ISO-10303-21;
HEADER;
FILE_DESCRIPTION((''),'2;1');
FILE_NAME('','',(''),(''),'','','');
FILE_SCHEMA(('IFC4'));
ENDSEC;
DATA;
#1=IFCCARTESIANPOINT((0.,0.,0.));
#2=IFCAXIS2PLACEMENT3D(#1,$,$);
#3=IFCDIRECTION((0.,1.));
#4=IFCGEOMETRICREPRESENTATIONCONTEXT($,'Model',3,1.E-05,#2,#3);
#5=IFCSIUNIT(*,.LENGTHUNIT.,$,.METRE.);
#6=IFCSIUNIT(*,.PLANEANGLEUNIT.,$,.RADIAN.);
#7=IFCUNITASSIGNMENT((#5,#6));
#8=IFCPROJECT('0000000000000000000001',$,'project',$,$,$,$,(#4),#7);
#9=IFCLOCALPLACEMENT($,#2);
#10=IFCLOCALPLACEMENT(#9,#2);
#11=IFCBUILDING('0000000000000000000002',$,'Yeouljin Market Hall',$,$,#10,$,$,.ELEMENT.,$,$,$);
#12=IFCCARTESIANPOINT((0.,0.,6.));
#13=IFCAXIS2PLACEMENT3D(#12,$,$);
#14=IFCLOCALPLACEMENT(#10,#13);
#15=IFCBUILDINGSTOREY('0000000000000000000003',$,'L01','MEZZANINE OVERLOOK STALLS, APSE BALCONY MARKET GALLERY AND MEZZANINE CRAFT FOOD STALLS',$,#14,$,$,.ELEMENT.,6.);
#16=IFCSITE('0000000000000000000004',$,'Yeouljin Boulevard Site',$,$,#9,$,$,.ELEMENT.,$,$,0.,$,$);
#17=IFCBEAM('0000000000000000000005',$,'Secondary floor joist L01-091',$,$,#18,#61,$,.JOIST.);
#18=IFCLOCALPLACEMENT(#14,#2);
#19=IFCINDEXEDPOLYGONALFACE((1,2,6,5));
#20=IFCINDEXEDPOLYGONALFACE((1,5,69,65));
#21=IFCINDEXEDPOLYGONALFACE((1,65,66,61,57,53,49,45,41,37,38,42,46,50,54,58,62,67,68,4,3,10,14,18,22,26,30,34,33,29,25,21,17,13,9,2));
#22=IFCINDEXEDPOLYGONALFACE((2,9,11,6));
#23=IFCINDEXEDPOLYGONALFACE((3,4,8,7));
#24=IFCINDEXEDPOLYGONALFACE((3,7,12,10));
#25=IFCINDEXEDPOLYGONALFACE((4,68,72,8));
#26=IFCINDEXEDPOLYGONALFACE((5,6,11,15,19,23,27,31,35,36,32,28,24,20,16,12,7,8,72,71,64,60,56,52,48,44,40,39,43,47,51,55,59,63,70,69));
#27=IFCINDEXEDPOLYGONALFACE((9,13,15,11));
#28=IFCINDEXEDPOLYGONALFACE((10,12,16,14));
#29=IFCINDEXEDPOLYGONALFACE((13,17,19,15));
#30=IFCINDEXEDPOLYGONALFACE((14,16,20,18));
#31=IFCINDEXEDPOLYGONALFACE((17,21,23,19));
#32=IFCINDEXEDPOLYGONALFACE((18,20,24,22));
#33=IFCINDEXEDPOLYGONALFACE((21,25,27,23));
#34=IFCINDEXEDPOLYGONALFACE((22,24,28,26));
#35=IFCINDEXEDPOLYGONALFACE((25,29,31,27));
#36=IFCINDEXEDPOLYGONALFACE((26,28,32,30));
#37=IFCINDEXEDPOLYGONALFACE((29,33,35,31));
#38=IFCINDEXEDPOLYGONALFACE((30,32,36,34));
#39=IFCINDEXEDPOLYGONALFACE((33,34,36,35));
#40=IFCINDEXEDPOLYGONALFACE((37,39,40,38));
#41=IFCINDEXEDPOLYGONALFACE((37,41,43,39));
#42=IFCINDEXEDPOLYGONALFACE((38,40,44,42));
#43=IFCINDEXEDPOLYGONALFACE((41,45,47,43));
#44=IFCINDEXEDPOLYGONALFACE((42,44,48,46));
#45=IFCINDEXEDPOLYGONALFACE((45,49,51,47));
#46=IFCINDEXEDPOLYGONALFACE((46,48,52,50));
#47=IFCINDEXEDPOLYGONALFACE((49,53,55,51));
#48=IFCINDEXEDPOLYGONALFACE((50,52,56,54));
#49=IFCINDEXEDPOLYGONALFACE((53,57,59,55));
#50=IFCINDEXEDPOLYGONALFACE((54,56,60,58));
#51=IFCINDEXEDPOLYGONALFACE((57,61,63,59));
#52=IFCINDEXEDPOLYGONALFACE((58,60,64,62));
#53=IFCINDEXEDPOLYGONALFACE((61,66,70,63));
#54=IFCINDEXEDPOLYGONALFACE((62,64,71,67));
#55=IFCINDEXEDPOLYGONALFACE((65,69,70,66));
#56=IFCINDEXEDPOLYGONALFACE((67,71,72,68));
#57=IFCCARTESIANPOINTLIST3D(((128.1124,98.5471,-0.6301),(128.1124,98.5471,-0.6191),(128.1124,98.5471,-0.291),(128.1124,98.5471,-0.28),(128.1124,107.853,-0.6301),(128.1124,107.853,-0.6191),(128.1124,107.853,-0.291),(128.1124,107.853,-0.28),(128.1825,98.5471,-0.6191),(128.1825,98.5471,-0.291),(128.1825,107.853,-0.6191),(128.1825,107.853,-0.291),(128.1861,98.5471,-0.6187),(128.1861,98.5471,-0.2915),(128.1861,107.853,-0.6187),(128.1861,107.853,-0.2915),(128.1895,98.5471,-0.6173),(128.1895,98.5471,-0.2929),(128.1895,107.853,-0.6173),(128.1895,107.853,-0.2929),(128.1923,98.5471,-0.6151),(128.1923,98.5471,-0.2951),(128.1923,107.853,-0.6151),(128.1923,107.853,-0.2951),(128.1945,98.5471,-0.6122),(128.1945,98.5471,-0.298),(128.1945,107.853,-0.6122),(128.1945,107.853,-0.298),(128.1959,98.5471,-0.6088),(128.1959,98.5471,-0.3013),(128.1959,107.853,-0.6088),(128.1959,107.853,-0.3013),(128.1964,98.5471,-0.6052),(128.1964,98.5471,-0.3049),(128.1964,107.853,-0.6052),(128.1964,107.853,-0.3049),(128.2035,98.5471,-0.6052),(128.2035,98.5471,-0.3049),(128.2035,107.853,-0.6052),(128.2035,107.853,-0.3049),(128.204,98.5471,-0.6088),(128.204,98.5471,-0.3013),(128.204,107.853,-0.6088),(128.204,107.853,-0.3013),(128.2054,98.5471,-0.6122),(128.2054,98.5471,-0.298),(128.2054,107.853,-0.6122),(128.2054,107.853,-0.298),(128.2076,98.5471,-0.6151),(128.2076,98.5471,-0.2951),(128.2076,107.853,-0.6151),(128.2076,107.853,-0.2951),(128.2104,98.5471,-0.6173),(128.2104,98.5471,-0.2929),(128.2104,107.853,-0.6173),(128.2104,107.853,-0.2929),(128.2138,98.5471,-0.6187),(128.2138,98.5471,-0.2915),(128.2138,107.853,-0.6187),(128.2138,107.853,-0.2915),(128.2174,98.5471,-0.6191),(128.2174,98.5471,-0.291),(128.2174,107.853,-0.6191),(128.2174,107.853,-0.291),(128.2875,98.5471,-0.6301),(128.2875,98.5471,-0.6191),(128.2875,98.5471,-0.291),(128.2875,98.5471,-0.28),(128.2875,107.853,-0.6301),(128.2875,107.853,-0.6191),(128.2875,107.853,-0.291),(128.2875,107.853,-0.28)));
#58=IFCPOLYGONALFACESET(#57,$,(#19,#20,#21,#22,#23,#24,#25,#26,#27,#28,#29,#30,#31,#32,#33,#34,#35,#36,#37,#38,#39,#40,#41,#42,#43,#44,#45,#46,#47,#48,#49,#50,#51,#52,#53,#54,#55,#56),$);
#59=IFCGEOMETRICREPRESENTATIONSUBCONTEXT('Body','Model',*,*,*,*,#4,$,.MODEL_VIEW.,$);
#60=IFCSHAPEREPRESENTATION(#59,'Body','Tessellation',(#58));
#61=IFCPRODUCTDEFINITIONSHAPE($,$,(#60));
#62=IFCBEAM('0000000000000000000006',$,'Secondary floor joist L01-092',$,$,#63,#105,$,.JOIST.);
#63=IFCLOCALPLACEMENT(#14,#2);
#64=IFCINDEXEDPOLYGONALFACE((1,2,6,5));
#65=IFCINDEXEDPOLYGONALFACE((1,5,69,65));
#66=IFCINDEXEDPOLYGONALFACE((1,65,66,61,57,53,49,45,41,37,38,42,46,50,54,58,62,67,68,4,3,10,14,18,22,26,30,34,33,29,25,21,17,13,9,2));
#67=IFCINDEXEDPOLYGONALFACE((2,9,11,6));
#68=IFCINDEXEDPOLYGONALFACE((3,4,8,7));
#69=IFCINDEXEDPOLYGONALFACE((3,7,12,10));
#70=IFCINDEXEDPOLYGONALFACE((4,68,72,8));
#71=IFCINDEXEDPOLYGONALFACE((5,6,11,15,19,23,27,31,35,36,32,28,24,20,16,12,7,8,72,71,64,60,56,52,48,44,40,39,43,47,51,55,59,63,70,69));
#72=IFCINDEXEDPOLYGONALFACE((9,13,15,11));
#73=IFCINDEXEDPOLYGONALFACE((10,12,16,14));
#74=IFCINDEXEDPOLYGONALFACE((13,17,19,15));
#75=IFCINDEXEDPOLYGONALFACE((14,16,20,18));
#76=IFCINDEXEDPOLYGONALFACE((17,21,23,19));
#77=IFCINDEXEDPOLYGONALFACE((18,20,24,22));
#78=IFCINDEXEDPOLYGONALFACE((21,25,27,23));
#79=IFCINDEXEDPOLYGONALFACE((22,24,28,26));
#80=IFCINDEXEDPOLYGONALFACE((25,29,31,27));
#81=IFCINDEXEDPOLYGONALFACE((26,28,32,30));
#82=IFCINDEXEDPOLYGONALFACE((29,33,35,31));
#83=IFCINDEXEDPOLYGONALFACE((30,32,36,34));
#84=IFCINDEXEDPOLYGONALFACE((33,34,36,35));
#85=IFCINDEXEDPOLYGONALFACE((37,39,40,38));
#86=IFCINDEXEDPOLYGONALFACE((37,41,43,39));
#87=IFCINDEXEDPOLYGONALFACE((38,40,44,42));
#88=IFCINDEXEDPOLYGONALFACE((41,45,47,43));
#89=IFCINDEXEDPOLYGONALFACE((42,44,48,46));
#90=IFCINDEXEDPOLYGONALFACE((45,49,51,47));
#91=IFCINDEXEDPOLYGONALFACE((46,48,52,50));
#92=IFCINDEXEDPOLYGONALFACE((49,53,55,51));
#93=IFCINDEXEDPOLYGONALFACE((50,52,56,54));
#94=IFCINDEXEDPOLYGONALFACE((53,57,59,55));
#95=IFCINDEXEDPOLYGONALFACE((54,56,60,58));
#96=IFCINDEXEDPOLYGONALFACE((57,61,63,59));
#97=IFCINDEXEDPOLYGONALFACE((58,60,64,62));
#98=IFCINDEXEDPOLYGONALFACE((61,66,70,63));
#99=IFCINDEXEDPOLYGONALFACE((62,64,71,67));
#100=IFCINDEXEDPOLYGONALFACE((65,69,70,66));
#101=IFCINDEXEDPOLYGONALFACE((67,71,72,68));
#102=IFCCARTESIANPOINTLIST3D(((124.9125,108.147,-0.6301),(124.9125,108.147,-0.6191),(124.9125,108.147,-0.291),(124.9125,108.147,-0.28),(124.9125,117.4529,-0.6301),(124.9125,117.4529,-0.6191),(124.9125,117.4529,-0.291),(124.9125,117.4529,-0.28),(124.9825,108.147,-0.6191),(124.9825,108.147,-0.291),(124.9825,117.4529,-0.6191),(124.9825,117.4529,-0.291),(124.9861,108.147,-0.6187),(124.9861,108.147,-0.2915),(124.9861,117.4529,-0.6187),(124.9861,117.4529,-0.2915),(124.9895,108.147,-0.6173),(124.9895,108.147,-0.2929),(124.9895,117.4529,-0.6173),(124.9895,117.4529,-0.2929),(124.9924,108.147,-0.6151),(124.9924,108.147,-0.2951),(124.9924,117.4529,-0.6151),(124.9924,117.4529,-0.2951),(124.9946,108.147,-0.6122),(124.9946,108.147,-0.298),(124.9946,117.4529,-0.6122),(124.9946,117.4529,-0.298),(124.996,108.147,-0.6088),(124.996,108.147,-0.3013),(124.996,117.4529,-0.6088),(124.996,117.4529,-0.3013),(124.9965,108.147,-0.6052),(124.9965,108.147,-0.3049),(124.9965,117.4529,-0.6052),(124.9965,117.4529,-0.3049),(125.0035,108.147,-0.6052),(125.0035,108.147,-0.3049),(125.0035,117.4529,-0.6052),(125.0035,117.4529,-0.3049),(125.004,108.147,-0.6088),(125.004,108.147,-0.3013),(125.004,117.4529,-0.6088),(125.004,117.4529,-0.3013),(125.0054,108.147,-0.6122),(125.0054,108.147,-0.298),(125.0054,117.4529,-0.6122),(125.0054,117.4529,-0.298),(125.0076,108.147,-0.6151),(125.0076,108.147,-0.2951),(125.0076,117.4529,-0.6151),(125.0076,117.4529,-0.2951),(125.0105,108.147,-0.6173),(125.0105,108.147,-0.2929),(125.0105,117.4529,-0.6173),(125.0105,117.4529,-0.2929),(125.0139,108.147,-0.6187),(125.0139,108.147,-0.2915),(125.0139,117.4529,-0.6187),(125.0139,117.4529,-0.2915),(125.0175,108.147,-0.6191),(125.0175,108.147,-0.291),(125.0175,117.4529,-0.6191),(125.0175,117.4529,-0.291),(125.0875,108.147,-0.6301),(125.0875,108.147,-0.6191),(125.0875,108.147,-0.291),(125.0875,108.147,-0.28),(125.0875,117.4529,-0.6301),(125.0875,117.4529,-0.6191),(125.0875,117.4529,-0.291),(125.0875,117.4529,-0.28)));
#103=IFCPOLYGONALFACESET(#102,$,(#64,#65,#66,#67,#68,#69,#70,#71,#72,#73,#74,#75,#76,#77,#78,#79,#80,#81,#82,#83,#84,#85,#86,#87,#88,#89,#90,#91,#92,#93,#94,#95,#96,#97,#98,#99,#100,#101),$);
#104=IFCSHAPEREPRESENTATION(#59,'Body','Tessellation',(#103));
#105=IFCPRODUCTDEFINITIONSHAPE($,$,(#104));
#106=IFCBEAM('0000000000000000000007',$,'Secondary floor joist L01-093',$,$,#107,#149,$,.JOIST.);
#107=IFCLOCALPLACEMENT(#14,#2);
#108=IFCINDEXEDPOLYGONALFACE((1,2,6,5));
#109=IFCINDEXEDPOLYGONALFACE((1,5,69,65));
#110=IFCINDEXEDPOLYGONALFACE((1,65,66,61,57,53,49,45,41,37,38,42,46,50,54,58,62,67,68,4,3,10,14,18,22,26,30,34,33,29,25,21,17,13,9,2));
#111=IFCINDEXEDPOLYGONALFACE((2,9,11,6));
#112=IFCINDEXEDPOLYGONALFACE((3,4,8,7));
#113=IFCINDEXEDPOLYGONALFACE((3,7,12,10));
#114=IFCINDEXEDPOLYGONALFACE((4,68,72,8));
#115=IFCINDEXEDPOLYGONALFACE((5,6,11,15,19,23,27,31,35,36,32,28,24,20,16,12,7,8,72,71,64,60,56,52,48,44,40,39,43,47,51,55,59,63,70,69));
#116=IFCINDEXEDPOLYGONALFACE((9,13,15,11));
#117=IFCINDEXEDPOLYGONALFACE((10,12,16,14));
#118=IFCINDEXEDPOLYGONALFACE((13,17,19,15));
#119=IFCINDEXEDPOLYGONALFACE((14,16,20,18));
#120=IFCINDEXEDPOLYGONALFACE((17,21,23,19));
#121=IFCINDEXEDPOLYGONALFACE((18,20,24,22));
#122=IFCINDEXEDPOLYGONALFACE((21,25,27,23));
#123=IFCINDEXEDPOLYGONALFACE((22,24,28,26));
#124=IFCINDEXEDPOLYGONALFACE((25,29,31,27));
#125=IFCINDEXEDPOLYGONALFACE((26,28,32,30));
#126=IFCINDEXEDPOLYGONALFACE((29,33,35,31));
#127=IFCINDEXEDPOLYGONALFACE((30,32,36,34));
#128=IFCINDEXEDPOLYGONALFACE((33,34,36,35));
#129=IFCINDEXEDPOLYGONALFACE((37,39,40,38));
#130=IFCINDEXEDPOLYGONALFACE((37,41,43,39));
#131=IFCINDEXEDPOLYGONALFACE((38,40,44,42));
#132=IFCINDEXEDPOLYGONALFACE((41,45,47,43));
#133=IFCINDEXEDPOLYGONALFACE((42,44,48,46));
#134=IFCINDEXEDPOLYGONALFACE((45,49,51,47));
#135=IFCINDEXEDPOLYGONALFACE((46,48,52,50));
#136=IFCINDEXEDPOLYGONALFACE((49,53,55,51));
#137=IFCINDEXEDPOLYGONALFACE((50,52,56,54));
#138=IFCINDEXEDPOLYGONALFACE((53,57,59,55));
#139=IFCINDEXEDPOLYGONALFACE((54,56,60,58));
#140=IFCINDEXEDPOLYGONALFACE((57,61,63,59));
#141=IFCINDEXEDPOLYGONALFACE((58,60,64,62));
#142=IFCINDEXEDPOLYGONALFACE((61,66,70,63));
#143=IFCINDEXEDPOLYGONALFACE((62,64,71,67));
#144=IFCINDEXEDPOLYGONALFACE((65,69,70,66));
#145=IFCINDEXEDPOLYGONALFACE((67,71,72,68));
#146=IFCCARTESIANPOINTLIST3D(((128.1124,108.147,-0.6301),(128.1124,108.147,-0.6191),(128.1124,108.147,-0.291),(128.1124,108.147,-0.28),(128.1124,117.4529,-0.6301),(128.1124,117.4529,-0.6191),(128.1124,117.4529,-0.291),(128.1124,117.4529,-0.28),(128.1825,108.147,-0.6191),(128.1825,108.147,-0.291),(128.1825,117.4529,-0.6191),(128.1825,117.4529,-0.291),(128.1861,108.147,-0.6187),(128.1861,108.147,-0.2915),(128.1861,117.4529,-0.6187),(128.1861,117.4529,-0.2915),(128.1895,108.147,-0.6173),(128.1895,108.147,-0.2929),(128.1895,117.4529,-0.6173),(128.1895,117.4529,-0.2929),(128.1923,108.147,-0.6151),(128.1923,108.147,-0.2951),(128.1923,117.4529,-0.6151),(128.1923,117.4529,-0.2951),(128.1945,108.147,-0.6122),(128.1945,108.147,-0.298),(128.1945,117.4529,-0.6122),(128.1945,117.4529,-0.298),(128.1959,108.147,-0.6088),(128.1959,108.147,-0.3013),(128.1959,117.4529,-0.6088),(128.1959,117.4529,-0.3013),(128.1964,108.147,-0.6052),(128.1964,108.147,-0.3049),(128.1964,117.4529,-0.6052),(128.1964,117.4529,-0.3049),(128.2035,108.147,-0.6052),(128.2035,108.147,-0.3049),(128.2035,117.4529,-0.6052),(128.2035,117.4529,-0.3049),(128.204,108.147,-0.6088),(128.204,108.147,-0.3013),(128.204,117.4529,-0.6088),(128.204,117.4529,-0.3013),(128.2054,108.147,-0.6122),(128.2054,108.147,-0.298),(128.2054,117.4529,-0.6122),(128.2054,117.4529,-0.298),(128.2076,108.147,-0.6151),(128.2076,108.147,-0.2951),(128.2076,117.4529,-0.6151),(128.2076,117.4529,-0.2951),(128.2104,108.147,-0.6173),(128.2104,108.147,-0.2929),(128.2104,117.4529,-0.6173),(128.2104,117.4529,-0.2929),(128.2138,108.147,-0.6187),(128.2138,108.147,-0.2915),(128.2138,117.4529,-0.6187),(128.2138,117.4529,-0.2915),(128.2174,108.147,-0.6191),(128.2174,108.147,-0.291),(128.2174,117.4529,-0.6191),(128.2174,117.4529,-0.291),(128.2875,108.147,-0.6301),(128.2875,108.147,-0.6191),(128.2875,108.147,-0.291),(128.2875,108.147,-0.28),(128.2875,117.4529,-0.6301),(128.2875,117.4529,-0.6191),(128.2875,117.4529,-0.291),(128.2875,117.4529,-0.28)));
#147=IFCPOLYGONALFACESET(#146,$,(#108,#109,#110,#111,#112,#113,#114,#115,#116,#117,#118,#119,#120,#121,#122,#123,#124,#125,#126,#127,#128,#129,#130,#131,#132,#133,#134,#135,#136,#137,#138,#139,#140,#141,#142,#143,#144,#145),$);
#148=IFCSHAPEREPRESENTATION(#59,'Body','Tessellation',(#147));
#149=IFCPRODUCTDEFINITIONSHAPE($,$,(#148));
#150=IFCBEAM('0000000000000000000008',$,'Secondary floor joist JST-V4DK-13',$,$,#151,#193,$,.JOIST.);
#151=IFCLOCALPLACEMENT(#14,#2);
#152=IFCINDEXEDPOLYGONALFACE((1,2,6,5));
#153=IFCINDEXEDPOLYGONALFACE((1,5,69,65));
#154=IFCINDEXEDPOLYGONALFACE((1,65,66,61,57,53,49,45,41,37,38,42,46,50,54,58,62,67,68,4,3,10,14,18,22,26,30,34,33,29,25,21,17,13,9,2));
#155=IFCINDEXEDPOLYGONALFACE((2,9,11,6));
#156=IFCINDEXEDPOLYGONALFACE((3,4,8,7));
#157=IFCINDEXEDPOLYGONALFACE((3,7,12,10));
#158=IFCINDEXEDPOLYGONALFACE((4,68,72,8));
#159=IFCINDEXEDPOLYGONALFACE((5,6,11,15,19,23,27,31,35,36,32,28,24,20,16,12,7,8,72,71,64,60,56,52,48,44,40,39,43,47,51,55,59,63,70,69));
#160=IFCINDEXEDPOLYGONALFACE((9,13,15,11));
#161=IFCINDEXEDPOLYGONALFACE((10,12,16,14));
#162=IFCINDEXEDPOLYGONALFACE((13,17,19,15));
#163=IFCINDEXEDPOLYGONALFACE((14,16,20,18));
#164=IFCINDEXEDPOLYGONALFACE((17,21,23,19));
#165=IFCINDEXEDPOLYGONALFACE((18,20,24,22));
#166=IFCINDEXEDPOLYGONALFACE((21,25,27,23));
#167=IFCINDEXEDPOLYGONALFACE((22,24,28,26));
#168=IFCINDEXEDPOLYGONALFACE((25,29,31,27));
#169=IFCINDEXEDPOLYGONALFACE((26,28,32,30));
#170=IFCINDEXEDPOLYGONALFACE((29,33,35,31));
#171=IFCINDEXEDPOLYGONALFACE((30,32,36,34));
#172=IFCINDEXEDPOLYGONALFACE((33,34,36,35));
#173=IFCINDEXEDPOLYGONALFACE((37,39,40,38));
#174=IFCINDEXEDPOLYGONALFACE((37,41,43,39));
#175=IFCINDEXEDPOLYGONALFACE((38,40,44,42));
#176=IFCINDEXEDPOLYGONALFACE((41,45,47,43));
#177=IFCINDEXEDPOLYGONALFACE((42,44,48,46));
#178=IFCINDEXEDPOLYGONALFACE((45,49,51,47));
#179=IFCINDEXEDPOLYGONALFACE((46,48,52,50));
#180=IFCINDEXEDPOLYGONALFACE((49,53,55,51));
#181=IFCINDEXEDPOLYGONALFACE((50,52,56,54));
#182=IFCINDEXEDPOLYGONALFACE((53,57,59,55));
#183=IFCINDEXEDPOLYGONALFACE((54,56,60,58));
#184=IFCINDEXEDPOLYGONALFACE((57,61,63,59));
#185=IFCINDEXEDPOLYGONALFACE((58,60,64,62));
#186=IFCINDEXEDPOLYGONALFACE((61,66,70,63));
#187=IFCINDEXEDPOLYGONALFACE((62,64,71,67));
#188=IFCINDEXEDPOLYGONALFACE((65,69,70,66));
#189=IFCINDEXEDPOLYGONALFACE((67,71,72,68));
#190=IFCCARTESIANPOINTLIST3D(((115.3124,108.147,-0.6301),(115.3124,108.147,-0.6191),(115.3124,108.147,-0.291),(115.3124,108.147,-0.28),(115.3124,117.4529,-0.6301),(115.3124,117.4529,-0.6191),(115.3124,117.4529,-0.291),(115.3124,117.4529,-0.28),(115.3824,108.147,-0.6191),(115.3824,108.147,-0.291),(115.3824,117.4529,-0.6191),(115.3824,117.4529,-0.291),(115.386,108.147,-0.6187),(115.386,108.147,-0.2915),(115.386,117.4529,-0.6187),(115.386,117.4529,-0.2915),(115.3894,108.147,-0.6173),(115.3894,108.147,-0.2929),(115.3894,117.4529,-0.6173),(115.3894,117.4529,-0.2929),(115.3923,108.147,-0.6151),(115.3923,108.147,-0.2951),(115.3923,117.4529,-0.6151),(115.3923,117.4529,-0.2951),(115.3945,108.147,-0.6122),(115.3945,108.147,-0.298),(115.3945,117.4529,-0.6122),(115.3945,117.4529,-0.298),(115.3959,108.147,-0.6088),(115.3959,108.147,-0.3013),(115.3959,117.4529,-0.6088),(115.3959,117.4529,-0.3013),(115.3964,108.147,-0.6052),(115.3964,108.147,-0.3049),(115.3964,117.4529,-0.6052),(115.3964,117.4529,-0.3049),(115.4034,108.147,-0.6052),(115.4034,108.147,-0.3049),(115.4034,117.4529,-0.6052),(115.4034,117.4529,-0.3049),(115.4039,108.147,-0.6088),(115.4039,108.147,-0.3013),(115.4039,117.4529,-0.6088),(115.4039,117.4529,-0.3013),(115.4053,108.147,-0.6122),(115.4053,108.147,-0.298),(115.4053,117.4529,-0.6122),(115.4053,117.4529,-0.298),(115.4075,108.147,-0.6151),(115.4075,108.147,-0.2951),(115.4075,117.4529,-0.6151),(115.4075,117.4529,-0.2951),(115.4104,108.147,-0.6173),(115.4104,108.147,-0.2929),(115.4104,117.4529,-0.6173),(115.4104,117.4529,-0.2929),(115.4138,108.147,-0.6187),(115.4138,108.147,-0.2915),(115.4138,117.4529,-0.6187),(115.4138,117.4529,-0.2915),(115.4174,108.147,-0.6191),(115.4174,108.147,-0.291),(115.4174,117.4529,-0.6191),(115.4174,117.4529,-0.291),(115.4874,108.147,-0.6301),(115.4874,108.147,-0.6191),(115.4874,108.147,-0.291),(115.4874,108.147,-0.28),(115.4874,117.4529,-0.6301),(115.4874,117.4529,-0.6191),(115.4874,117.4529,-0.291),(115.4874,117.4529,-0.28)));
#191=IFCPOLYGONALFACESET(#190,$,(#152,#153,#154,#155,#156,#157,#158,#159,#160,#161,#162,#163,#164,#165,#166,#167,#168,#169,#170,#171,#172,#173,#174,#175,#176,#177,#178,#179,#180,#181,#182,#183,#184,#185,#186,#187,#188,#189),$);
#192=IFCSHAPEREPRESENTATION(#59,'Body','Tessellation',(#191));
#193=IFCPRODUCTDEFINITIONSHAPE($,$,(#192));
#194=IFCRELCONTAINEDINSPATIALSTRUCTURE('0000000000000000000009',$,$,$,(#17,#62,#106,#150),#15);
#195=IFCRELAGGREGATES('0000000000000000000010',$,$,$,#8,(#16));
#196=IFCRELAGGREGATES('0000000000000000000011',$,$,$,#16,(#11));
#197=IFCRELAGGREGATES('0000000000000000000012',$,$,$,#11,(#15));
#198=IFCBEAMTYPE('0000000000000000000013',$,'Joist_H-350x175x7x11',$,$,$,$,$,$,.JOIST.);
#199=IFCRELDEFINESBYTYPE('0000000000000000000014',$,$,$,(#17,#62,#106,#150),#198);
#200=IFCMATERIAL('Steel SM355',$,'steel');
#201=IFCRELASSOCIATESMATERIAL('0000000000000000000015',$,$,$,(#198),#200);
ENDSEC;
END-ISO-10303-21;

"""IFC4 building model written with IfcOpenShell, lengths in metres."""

from ifc_helpers import new_model, si_unit, direction, frame, origin, origin_2d, place, context, subcontext, project, spatial, i_section, extrude, material, material_profile, profile_set, type_object, element, save


model = new_model("IFC4")

# Units and contexts
model_context = context("Model", 3, precision=1e-05, world=origin(), true_north=direction((0.0, 1.0)))
body_context = subcontext(model_context, "Body", "Model", "MODEL_VIEW")
ifc_project = project(units=[si_unit("LENGTHUNIT", "METRE"), si_unit("PLANEANGLEUNIT", "RADIAN")], contexts=[model_context])

# Site, building, storey
site_placement = place(None, origin())
site = spatial("IfcSite", under=ifc_project, at=site_placement, Name="Yeouljin Boulevard Site", CompositionType="ELEMENT", RefElevation=0.0)
building_placement = place(site_placement, origin())
building = spatial("IfcBuilding", under=site, at=building_placement, Name="Yeouljin Market Hall", CompositionType="ELEMENT")
storey_placement = place(building_placement, frame((0.0, 0.0, 6.0)))
storey = spatial("IfcBuildingStorey", under=building, at=storey_placement, Name="L01", Description="MEZZANINE OVERLOOK STALLS, APSE BALCONY MARKET GALLERY AND MEZZANINE CRAFT FOOD STALLS", CompositionType="ELEMENT", Elevation=6.0)

# Beams
ifc_material_1 = material(Name="Steel SM355", Category="steel")
ifc_material_profile_1 = material_profile(ifc_material_1, i_section(OverallWidth=0.175, OverallDepth=0.3501, WebThickness=0.0071, FlangeThickness=0.011, FilletRadius=0.0139, at=origin_2d()), Name="H-350x175x7x11")
ifc_profile_set_1 = profile_set([ifc_material_profile_1], Name="Steel SM355")
beam_type_1 = type_object("IfcBeamType", Name="Joist_H-350x175x7x11", PredefinedType="JOIST", material=ifc_profile_set_1)
for number, where, z_axis, x_axis, name in (
    (1, (128.2, 98.5471, -0.4551), (0.0, 1.0, 0.0), (-1.0, 0.0, 0.0), "Secondary floor joist L01-091"),
    (2, (125.0, 108.147, -0.4551), (0.0, 1.0, 0.0), (-1.0, 0.0, 0.0), "Secondary floor joist L01-092"),
    (3, (128.2, 108.147, -0.4551), (0.0, 1.0, 0.0), (-1.0, 0.0, 0.0), "Secondary floor joist L01-093"),
    (4, (115.3999, 108.147, -0.4551), (0.0, 1.0, 0.0), (-1.0, 0.0, 0.0), "Secondary floor joist JST-V4DK-13"),
):
    element("IfcBeam", number, at=place(storey_placement, frame(where, z_axis=z_axis, x_axis=x_axis)), inside=storey, type_object=beam_type_1, Name=name, PredefinedType="JOIST", context=body_context, shape_type="SweptSolid", body=[
        extrude(i_section(OverallWidth=0.175, OverallDepth=0.3501, WebThickness=0.0071, FlangeThickness=0.011, FilletRadius=0.0139, at=origin_2d()), origin(), (0.0, 0.0, 1.0), 9.3059),
    ])

save(model, "model.ifc")
